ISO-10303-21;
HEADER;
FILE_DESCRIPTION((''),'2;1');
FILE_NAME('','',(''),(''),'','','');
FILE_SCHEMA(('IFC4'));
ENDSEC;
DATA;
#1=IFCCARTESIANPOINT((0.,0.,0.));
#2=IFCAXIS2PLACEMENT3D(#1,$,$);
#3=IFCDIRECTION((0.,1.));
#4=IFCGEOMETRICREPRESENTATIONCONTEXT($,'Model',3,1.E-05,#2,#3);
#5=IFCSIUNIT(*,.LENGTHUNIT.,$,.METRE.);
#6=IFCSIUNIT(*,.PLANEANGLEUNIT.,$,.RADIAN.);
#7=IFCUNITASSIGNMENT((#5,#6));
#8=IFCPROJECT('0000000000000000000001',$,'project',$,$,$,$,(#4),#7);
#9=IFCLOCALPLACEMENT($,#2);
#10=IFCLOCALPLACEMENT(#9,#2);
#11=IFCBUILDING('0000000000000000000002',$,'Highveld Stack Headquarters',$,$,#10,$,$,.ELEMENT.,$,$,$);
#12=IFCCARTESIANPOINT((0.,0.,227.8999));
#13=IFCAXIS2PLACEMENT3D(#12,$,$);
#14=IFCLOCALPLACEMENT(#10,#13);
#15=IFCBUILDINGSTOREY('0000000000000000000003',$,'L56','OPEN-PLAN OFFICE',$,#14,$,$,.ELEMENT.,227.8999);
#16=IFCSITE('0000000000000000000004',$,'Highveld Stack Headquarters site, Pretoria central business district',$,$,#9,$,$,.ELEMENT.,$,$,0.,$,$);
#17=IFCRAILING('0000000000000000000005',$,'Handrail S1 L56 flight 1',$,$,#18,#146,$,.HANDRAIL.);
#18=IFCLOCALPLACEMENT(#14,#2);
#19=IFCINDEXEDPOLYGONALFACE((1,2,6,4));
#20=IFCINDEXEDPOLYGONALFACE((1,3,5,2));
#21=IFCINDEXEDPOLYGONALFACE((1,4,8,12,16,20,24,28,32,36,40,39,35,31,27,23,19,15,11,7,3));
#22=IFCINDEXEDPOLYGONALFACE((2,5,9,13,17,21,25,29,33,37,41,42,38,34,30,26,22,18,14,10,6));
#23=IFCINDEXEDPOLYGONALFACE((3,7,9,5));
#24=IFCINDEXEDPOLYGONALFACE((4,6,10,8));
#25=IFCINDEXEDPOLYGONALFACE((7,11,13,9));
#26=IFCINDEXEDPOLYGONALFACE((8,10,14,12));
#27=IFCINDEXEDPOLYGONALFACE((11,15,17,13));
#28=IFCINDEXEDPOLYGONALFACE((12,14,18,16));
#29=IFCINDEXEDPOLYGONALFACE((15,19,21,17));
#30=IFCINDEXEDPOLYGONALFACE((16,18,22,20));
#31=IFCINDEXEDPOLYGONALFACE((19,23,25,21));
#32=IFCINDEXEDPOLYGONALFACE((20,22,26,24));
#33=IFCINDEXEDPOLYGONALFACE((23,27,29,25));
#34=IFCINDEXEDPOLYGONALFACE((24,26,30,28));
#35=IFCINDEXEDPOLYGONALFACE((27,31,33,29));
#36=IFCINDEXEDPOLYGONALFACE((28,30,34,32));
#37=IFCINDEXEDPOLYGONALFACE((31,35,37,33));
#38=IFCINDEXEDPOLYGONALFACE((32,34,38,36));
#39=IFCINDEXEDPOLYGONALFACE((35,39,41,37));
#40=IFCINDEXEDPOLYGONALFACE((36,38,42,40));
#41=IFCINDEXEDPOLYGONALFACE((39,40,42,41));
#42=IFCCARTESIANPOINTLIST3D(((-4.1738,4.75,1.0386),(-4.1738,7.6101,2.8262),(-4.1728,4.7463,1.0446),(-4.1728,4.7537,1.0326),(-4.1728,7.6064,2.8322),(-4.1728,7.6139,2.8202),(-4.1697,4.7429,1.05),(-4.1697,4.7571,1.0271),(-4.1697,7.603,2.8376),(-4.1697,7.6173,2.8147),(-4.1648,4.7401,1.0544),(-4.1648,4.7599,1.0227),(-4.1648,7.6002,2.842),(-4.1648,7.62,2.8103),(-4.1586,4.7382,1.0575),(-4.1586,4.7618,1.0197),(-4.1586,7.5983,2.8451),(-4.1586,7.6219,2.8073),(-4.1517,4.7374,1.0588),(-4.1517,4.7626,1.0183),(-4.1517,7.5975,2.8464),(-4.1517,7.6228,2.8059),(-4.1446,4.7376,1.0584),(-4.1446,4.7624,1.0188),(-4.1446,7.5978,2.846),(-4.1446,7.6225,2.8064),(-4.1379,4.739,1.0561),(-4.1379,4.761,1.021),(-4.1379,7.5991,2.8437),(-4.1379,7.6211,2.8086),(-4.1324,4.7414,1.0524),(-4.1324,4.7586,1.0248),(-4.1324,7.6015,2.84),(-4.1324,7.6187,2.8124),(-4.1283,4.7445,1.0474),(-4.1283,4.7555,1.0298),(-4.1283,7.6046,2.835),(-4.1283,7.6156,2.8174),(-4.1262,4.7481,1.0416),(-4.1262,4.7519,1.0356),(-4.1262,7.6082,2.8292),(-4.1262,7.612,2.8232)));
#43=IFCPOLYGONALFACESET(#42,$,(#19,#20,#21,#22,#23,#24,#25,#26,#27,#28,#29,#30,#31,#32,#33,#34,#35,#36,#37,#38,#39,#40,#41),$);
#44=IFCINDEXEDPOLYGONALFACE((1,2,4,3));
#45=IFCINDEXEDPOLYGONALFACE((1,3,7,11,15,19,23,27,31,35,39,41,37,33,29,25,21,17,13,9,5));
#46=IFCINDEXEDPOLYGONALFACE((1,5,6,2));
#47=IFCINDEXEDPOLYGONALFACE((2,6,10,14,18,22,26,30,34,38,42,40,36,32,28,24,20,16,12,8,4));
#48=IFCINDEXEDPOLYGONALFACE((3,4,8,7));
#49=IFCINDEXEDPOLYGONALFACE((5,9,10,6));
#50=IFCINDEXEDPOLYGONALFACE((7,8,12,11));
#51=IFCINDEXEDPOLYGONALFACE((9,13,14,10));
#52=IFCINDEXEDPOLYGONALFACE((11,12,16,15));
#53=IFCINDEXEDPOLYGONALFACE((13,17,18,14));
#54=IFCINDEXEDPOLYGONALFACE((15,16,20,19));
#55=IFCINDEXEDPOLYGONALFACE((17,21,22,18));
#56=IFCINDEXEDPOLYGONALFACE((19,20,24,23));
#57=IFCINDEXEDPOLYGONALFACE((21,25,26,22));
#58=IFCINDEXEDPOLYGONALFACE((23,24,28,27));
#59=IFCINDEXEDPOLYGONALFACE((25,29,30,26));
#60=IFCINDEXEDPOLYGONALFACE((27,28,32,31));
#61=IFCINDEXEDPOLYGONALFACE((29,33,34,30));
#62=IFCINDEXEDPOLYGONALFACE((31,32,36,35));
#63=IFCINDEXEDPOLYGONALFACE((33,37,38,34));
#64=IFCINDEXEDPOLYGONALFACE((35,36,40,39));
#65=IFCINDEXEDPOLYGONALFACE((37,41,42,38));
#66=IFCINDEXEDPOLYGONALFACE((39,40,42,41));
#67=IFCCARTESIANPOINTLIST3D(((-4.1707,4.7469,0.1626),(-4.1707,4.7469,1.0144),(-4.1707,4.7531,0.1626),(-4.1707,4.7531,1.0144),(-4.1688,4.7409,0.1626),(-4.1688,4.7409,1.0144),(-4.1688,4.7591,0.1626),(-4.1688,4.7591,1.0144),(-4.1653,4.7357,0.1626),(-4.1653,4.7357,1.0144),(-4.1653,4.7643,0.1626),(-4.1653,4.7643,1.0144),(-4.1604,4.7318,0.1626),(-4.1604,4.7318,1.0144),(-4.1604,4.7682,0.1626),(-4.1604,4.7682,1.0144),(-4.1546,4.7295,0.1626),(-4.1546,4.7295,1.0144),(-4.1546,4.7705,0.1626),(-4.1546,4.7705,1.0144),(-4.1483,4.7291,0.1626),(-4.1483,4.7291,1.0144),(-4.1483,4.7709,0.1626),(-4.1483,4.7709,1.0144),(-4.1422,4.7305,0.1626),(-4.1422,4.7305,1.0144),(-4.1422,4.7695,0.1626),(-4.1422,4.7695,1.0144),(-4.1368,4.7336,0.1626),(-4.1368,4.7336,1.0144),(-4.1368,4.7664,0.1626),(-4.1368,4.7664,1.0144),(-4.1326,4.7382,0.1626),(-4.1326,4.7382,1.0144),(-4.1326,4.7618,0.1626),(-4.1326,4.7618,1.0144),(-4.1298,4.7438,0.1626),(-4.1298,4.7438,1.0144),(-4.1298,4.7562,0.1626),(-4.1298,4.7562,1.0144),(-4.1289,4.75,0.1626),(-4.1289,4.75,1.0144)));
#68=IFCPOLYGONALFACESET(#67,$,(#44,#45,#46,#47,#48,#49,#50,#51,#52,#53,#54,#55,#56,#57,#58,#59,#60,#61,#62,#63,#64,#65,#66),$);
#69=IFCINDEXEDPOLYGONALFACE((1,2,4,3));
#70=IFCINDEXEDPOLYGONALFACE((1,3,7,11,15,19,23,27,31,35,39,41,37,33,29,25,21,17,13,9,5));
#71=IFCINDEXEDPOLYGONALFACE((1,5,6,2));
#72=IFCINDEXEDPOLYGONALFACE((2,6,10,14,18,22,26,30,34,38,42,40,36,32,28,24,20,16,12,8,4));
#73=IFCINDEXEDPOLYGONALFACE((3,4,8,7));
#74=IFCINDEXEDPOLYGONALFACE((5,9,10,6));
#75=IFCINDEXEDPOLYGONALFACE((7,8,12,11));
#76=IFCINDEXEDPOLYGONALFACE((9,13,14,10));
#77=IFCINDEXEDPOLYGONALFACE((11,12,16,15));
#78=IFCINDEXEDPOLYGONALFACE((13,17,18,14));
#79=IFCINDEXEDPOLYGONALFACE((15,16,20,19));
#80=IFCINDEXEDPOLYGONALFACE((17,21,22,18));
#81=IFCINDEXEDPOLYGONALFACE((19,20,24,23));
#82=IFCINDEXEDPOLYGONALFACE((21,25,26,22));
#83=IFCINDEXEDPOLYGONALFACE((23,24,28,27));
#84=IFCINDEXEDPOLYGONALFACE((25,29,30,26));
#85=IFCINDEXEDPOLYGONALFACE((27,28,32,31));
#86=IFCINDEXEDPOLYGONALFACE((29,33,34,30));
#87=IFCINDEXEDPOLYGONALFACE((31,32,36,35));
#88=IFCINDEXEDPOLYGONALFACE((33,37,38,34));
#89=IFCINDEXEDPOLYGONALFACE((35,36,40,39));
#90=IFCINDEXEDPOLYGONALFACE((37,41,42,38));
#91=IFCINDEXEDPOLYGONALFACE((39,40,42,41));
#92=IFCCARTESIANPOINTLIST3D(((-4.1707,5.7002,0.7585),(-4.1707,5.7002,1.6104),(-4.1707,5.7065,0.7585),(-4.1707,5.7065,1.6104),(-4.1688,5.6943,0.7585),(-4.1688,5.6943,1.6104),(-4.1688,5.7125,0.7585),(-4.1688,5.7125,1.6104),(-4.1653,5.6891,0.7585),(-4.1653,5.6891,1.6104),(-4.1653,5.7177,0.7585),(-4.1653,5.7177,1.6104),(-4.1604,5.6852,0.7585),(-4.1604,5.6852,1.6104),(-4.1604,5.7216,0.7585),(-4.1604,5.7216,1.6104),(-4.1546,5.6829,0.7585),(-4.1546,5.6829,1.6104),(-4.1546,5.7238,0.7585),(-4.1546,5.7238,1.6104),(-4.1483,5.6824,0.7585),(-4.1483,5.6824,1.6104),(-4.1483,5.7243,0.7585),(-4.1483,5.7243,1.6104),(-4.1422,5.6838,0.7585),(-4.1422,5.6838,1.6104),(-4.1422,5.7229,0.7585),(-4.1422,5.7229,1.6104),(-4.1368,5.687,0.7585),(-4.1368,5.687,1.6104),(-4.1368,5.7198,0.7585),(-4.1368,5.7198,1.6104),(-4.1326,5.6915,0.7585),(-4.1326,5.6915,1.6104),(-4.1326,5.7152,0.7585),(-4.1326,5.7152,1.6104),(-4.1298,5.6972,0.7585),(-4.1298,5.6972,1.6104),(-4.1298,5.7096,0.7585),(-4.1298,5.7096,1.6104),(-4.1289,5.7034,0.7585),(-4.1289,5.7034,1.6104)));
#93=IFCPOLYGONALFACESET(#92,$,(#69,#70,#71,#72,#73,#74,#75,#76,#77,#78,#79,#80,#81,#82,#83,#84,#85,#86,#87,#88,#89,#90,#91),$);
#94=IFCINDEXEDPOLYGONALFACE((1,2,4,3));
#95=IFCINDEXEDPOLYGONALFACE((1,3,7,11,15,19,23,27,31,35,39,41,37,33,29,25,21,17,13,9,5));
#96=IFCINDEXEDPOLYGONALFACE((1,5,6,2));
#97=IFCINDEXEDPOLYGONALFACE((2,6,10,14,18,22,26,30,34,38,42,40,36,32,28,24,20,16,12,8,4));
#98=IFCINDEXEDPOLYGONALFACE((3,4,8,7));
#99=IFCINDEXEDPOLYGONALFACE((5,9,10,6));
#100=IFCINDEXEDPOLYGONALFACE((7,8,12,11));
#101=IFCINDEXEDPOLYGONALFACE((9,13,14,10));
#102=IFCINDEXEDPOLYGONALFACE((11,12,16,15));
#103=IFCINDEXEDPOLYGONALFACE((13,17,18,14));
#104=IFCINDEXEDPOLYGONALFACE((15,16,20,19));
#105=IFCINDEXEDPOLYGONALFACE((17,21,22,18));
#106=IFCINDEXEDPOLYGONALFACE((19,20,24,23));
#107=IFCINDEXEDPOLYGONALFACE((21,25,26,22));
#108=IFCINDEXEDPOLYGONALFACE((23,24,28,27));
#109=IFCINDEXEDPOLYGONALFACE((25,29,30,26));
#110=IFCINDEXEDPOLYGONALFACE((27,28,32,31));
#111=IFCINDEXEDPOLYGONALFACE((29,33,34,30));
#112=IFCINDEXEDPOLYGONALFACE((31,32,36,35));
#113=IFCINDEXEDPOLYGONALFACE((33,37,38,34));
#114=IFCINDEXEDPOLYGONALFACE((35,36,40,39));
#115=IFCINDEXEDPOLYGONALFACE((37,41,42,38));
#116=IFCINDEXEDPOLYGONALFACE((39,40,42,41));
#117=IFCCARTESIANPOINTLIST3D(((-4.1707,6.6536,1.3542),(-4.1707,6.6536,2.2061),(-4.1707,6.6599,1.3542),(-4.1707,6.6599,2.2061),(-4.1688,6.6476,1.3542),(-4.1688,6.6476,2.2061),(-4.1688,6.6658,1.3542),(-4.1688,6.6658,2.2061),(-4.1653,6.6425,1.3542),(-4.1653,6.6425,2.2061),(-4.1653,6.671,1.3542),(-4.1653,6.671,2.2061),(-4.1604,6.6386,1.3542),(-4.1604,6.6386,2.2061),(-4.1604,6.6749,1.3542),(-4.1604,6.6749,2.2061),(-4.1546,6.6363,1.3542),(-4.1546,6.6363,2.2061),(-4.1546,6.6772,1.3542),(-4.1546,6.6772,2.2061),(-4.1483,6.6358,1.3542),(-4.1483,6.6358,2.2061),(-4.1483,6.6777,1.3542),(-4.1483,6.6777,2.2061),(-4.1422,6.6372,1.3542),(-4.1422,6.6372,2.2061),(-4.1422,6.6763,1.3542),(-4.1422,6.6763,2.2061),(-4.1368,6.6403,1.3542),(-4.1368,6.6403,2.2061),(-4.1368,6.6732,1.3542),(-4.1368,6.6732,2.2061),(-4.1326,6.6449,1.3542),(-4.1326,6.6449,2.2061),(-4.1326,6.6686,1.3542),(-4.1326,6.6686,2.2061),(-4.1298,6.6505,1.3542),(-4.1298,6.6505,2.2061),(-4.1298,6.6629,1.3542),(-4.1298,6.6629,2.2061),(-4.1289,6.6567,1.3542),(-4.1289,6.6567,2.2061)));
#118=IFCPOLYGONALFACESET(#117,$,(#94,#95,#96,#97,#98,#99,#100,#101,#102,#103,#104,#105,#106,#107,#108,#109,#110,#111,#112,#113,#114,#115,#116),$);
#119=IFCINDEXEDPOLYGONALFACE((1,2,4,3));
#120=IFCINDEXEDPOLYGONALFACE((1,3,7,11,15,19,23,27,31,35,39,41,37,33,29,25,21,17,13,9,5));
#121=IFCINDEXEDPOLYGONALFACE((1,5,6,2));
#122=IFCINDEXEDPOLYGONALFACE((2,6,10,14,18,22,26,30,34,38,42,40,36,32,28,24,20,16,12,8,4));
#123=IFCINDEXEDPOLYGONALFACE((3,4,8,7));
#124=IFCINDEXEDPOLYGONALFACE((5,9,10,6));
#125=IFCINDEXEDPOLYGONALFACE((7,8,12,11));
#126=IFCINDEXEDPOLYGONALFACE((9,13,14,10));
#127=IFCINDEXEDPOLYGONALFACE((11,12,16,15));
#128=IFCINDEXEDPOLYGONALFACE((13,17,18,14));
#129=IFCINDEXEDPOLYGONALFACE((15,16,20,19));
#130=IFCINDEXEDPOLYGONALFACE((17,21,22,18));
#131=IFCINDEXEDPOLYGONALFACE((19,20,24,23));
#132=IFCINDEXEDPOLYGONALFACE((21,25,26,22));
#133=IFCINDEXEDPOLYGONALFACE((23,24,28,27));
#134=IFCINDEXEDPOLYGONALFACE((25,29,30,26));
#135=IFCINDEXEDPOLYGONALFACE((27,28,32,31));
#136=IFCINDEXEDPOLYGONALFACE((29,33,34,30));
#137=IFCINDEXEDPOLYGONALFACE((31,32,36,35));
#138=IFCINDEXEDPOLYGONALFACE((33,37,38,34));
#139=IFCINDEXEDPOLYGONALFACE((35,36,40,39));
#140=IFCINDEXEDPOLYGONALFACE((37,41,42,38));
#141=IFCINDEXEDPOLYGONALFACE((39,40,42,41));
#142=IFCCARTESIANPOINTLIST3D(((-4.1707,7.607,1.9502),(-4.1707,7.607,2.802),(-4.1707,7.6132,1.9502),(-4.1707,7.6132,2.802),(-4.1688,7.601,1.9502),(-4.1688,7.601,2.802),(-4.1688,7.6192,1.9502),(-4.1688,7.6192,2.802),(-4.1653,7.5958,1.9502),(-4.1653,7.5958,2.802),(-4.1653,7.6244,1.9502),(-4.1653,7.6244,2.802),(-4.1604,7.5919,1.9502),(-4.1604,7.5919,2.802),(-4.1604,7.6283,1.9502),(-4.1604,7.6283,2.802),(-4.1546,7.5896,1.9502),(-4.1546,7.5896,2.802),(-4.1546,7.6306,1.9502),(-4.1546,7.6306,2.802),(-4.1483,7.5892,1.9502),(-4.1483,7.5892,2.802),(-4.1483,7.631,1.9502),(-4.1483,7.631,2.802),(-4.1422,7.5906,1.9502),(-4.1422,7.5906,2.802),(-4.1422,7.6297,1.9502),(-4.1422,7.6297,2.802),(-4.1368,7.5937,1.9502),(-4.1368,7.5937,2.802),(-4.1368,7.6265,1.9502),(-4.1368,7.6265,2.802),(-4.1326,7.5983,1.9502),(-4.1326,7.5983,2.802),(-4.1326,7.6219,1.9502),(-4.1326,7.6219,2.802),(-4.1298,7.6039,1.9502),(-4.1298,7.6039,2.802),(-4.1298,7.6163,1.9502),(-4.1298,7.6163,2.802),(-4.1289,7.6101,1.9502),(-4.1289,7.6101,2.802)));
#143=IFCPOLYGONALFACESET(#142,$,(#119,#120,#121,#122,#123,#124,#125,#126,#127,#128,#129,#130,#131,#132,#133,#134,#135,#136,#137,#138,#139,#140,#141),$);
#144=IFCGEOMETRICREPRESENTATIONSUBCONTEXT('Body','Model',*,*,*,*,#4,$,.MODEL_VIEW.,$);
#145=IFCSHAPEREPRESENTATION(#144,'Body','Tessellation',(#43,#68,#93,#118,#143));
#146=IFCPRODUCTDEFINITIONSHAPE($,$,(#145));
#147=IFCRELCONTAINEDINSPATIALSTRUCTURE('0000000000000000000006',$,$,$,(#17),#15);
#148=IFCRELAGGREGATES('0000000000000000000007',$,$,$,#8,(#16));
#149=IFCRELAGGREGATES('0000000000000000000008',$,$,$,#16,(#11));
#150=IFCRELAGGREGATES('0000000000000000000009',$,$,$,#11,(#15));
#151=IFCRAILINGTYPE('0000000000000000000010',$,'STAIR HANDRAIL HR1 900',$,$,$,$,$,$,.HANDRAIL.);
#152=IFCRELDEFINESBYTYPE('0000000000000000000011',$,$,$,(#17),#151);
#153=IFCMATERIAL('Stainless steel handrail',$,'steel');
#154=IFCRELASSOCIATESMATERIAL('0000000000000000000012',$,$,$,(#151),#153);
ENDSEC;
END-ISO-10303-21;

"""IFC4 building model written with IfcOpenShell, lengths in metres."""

from ifc_helpers import new_model, si_unit, direction, frame, origin, origin_2d, place, context, subcontext, project, spatial, circle, extrude, material, type_object, element, save


model = new_model("IFC4")

# Units and contexts
model_context = context("Model", 3, precision=1e-05, world=origin(), true_north=direction((0.0, 1.0)))
body_context = subcontext(model_context, "Body", "Model", "MODEL_VIEW")
ifc_project = project(units=[si_unit("LENGTHUNIT", "METRE"), si_unit("PLANEANGLEUNIT", "RADIAN")], contexts=[model_context])

# Site, building, storey
site_placement = place(None, origin())
site = spatial("IfcSite", under=ifc_project, at=site_placement, Name="Highveld Stack Headquarters site, Pretoria central business district", CompositionType="ELEMENT", RefElevation=0.0)
building_placement = place(site_placement, origin())
building = spatial("IfcBuilding", under=site, at=building_placement, Name="Highveld Stack Headquarters", CompositionType="ELEMENT")
storey_placement = place(building_placement, frame((0.0, 0.0, 227.8999)))
storey = spatial("IfcBuildingStorey", under=building, at=storey_placement, Name="L56", Description="OPEN-PLAN OFFICE", CompositionType="ELEMENT", Elevation=227.8999)

# Railing
ifc_material_1 = material(Name="Stainless steel handrail", Category="steel")
railing_type = type_object("IfcRailingType", Name="STAIR HANDRAIL HR1 900", PredefinedType="HANDRAIL", material=ifc_material_1)
for number, where, name in (
    (1, (-4.1499, 4.75, 0.1626), "Handrail S1 L56 flight 1"),
):
    element("IfcRailing", number, at=place(storey_placement, frame(where)), inside=storey, type_object=railing_type, Name=name, PredefinedType="HANDRAIL", context=body_context, shape_type="SweptSolid", body=[
        extrude(circle(Radius=0.0239, at=origin_2d()), frame((0.0, 0.0, 0.876), z_axis=(0.0, 0.847994, 0.530005), x_axis=(-1.0, 0.0, 0.0)), (0.0, 0.0, 1.0), 3.3728),
        extrude(circle(Radius=0.021, at=origin_2d()), origin(), (0.0, 0.0, 1.0), 0.8518),
        extrude(circle(Radius=0.021, at=origin_2d()), frame((0.0, 0.9534, 0.5959)), (0.0, 0.0, 1.0), 0.8518),
        extrude(circle(Radius=0.021, at=origin_2d()), frame((0.0, 1.9067, 1.1917)), (0.0, 0.0, 1.0), 0.8518),
        extrude(circle(Radius=0.021, at=origin_2d()), frame((0.0, 2.8601, 1.7876)), (0.0, 0.0, 1.0), 0.8518),
    ])

save(model, "model.ifc")
